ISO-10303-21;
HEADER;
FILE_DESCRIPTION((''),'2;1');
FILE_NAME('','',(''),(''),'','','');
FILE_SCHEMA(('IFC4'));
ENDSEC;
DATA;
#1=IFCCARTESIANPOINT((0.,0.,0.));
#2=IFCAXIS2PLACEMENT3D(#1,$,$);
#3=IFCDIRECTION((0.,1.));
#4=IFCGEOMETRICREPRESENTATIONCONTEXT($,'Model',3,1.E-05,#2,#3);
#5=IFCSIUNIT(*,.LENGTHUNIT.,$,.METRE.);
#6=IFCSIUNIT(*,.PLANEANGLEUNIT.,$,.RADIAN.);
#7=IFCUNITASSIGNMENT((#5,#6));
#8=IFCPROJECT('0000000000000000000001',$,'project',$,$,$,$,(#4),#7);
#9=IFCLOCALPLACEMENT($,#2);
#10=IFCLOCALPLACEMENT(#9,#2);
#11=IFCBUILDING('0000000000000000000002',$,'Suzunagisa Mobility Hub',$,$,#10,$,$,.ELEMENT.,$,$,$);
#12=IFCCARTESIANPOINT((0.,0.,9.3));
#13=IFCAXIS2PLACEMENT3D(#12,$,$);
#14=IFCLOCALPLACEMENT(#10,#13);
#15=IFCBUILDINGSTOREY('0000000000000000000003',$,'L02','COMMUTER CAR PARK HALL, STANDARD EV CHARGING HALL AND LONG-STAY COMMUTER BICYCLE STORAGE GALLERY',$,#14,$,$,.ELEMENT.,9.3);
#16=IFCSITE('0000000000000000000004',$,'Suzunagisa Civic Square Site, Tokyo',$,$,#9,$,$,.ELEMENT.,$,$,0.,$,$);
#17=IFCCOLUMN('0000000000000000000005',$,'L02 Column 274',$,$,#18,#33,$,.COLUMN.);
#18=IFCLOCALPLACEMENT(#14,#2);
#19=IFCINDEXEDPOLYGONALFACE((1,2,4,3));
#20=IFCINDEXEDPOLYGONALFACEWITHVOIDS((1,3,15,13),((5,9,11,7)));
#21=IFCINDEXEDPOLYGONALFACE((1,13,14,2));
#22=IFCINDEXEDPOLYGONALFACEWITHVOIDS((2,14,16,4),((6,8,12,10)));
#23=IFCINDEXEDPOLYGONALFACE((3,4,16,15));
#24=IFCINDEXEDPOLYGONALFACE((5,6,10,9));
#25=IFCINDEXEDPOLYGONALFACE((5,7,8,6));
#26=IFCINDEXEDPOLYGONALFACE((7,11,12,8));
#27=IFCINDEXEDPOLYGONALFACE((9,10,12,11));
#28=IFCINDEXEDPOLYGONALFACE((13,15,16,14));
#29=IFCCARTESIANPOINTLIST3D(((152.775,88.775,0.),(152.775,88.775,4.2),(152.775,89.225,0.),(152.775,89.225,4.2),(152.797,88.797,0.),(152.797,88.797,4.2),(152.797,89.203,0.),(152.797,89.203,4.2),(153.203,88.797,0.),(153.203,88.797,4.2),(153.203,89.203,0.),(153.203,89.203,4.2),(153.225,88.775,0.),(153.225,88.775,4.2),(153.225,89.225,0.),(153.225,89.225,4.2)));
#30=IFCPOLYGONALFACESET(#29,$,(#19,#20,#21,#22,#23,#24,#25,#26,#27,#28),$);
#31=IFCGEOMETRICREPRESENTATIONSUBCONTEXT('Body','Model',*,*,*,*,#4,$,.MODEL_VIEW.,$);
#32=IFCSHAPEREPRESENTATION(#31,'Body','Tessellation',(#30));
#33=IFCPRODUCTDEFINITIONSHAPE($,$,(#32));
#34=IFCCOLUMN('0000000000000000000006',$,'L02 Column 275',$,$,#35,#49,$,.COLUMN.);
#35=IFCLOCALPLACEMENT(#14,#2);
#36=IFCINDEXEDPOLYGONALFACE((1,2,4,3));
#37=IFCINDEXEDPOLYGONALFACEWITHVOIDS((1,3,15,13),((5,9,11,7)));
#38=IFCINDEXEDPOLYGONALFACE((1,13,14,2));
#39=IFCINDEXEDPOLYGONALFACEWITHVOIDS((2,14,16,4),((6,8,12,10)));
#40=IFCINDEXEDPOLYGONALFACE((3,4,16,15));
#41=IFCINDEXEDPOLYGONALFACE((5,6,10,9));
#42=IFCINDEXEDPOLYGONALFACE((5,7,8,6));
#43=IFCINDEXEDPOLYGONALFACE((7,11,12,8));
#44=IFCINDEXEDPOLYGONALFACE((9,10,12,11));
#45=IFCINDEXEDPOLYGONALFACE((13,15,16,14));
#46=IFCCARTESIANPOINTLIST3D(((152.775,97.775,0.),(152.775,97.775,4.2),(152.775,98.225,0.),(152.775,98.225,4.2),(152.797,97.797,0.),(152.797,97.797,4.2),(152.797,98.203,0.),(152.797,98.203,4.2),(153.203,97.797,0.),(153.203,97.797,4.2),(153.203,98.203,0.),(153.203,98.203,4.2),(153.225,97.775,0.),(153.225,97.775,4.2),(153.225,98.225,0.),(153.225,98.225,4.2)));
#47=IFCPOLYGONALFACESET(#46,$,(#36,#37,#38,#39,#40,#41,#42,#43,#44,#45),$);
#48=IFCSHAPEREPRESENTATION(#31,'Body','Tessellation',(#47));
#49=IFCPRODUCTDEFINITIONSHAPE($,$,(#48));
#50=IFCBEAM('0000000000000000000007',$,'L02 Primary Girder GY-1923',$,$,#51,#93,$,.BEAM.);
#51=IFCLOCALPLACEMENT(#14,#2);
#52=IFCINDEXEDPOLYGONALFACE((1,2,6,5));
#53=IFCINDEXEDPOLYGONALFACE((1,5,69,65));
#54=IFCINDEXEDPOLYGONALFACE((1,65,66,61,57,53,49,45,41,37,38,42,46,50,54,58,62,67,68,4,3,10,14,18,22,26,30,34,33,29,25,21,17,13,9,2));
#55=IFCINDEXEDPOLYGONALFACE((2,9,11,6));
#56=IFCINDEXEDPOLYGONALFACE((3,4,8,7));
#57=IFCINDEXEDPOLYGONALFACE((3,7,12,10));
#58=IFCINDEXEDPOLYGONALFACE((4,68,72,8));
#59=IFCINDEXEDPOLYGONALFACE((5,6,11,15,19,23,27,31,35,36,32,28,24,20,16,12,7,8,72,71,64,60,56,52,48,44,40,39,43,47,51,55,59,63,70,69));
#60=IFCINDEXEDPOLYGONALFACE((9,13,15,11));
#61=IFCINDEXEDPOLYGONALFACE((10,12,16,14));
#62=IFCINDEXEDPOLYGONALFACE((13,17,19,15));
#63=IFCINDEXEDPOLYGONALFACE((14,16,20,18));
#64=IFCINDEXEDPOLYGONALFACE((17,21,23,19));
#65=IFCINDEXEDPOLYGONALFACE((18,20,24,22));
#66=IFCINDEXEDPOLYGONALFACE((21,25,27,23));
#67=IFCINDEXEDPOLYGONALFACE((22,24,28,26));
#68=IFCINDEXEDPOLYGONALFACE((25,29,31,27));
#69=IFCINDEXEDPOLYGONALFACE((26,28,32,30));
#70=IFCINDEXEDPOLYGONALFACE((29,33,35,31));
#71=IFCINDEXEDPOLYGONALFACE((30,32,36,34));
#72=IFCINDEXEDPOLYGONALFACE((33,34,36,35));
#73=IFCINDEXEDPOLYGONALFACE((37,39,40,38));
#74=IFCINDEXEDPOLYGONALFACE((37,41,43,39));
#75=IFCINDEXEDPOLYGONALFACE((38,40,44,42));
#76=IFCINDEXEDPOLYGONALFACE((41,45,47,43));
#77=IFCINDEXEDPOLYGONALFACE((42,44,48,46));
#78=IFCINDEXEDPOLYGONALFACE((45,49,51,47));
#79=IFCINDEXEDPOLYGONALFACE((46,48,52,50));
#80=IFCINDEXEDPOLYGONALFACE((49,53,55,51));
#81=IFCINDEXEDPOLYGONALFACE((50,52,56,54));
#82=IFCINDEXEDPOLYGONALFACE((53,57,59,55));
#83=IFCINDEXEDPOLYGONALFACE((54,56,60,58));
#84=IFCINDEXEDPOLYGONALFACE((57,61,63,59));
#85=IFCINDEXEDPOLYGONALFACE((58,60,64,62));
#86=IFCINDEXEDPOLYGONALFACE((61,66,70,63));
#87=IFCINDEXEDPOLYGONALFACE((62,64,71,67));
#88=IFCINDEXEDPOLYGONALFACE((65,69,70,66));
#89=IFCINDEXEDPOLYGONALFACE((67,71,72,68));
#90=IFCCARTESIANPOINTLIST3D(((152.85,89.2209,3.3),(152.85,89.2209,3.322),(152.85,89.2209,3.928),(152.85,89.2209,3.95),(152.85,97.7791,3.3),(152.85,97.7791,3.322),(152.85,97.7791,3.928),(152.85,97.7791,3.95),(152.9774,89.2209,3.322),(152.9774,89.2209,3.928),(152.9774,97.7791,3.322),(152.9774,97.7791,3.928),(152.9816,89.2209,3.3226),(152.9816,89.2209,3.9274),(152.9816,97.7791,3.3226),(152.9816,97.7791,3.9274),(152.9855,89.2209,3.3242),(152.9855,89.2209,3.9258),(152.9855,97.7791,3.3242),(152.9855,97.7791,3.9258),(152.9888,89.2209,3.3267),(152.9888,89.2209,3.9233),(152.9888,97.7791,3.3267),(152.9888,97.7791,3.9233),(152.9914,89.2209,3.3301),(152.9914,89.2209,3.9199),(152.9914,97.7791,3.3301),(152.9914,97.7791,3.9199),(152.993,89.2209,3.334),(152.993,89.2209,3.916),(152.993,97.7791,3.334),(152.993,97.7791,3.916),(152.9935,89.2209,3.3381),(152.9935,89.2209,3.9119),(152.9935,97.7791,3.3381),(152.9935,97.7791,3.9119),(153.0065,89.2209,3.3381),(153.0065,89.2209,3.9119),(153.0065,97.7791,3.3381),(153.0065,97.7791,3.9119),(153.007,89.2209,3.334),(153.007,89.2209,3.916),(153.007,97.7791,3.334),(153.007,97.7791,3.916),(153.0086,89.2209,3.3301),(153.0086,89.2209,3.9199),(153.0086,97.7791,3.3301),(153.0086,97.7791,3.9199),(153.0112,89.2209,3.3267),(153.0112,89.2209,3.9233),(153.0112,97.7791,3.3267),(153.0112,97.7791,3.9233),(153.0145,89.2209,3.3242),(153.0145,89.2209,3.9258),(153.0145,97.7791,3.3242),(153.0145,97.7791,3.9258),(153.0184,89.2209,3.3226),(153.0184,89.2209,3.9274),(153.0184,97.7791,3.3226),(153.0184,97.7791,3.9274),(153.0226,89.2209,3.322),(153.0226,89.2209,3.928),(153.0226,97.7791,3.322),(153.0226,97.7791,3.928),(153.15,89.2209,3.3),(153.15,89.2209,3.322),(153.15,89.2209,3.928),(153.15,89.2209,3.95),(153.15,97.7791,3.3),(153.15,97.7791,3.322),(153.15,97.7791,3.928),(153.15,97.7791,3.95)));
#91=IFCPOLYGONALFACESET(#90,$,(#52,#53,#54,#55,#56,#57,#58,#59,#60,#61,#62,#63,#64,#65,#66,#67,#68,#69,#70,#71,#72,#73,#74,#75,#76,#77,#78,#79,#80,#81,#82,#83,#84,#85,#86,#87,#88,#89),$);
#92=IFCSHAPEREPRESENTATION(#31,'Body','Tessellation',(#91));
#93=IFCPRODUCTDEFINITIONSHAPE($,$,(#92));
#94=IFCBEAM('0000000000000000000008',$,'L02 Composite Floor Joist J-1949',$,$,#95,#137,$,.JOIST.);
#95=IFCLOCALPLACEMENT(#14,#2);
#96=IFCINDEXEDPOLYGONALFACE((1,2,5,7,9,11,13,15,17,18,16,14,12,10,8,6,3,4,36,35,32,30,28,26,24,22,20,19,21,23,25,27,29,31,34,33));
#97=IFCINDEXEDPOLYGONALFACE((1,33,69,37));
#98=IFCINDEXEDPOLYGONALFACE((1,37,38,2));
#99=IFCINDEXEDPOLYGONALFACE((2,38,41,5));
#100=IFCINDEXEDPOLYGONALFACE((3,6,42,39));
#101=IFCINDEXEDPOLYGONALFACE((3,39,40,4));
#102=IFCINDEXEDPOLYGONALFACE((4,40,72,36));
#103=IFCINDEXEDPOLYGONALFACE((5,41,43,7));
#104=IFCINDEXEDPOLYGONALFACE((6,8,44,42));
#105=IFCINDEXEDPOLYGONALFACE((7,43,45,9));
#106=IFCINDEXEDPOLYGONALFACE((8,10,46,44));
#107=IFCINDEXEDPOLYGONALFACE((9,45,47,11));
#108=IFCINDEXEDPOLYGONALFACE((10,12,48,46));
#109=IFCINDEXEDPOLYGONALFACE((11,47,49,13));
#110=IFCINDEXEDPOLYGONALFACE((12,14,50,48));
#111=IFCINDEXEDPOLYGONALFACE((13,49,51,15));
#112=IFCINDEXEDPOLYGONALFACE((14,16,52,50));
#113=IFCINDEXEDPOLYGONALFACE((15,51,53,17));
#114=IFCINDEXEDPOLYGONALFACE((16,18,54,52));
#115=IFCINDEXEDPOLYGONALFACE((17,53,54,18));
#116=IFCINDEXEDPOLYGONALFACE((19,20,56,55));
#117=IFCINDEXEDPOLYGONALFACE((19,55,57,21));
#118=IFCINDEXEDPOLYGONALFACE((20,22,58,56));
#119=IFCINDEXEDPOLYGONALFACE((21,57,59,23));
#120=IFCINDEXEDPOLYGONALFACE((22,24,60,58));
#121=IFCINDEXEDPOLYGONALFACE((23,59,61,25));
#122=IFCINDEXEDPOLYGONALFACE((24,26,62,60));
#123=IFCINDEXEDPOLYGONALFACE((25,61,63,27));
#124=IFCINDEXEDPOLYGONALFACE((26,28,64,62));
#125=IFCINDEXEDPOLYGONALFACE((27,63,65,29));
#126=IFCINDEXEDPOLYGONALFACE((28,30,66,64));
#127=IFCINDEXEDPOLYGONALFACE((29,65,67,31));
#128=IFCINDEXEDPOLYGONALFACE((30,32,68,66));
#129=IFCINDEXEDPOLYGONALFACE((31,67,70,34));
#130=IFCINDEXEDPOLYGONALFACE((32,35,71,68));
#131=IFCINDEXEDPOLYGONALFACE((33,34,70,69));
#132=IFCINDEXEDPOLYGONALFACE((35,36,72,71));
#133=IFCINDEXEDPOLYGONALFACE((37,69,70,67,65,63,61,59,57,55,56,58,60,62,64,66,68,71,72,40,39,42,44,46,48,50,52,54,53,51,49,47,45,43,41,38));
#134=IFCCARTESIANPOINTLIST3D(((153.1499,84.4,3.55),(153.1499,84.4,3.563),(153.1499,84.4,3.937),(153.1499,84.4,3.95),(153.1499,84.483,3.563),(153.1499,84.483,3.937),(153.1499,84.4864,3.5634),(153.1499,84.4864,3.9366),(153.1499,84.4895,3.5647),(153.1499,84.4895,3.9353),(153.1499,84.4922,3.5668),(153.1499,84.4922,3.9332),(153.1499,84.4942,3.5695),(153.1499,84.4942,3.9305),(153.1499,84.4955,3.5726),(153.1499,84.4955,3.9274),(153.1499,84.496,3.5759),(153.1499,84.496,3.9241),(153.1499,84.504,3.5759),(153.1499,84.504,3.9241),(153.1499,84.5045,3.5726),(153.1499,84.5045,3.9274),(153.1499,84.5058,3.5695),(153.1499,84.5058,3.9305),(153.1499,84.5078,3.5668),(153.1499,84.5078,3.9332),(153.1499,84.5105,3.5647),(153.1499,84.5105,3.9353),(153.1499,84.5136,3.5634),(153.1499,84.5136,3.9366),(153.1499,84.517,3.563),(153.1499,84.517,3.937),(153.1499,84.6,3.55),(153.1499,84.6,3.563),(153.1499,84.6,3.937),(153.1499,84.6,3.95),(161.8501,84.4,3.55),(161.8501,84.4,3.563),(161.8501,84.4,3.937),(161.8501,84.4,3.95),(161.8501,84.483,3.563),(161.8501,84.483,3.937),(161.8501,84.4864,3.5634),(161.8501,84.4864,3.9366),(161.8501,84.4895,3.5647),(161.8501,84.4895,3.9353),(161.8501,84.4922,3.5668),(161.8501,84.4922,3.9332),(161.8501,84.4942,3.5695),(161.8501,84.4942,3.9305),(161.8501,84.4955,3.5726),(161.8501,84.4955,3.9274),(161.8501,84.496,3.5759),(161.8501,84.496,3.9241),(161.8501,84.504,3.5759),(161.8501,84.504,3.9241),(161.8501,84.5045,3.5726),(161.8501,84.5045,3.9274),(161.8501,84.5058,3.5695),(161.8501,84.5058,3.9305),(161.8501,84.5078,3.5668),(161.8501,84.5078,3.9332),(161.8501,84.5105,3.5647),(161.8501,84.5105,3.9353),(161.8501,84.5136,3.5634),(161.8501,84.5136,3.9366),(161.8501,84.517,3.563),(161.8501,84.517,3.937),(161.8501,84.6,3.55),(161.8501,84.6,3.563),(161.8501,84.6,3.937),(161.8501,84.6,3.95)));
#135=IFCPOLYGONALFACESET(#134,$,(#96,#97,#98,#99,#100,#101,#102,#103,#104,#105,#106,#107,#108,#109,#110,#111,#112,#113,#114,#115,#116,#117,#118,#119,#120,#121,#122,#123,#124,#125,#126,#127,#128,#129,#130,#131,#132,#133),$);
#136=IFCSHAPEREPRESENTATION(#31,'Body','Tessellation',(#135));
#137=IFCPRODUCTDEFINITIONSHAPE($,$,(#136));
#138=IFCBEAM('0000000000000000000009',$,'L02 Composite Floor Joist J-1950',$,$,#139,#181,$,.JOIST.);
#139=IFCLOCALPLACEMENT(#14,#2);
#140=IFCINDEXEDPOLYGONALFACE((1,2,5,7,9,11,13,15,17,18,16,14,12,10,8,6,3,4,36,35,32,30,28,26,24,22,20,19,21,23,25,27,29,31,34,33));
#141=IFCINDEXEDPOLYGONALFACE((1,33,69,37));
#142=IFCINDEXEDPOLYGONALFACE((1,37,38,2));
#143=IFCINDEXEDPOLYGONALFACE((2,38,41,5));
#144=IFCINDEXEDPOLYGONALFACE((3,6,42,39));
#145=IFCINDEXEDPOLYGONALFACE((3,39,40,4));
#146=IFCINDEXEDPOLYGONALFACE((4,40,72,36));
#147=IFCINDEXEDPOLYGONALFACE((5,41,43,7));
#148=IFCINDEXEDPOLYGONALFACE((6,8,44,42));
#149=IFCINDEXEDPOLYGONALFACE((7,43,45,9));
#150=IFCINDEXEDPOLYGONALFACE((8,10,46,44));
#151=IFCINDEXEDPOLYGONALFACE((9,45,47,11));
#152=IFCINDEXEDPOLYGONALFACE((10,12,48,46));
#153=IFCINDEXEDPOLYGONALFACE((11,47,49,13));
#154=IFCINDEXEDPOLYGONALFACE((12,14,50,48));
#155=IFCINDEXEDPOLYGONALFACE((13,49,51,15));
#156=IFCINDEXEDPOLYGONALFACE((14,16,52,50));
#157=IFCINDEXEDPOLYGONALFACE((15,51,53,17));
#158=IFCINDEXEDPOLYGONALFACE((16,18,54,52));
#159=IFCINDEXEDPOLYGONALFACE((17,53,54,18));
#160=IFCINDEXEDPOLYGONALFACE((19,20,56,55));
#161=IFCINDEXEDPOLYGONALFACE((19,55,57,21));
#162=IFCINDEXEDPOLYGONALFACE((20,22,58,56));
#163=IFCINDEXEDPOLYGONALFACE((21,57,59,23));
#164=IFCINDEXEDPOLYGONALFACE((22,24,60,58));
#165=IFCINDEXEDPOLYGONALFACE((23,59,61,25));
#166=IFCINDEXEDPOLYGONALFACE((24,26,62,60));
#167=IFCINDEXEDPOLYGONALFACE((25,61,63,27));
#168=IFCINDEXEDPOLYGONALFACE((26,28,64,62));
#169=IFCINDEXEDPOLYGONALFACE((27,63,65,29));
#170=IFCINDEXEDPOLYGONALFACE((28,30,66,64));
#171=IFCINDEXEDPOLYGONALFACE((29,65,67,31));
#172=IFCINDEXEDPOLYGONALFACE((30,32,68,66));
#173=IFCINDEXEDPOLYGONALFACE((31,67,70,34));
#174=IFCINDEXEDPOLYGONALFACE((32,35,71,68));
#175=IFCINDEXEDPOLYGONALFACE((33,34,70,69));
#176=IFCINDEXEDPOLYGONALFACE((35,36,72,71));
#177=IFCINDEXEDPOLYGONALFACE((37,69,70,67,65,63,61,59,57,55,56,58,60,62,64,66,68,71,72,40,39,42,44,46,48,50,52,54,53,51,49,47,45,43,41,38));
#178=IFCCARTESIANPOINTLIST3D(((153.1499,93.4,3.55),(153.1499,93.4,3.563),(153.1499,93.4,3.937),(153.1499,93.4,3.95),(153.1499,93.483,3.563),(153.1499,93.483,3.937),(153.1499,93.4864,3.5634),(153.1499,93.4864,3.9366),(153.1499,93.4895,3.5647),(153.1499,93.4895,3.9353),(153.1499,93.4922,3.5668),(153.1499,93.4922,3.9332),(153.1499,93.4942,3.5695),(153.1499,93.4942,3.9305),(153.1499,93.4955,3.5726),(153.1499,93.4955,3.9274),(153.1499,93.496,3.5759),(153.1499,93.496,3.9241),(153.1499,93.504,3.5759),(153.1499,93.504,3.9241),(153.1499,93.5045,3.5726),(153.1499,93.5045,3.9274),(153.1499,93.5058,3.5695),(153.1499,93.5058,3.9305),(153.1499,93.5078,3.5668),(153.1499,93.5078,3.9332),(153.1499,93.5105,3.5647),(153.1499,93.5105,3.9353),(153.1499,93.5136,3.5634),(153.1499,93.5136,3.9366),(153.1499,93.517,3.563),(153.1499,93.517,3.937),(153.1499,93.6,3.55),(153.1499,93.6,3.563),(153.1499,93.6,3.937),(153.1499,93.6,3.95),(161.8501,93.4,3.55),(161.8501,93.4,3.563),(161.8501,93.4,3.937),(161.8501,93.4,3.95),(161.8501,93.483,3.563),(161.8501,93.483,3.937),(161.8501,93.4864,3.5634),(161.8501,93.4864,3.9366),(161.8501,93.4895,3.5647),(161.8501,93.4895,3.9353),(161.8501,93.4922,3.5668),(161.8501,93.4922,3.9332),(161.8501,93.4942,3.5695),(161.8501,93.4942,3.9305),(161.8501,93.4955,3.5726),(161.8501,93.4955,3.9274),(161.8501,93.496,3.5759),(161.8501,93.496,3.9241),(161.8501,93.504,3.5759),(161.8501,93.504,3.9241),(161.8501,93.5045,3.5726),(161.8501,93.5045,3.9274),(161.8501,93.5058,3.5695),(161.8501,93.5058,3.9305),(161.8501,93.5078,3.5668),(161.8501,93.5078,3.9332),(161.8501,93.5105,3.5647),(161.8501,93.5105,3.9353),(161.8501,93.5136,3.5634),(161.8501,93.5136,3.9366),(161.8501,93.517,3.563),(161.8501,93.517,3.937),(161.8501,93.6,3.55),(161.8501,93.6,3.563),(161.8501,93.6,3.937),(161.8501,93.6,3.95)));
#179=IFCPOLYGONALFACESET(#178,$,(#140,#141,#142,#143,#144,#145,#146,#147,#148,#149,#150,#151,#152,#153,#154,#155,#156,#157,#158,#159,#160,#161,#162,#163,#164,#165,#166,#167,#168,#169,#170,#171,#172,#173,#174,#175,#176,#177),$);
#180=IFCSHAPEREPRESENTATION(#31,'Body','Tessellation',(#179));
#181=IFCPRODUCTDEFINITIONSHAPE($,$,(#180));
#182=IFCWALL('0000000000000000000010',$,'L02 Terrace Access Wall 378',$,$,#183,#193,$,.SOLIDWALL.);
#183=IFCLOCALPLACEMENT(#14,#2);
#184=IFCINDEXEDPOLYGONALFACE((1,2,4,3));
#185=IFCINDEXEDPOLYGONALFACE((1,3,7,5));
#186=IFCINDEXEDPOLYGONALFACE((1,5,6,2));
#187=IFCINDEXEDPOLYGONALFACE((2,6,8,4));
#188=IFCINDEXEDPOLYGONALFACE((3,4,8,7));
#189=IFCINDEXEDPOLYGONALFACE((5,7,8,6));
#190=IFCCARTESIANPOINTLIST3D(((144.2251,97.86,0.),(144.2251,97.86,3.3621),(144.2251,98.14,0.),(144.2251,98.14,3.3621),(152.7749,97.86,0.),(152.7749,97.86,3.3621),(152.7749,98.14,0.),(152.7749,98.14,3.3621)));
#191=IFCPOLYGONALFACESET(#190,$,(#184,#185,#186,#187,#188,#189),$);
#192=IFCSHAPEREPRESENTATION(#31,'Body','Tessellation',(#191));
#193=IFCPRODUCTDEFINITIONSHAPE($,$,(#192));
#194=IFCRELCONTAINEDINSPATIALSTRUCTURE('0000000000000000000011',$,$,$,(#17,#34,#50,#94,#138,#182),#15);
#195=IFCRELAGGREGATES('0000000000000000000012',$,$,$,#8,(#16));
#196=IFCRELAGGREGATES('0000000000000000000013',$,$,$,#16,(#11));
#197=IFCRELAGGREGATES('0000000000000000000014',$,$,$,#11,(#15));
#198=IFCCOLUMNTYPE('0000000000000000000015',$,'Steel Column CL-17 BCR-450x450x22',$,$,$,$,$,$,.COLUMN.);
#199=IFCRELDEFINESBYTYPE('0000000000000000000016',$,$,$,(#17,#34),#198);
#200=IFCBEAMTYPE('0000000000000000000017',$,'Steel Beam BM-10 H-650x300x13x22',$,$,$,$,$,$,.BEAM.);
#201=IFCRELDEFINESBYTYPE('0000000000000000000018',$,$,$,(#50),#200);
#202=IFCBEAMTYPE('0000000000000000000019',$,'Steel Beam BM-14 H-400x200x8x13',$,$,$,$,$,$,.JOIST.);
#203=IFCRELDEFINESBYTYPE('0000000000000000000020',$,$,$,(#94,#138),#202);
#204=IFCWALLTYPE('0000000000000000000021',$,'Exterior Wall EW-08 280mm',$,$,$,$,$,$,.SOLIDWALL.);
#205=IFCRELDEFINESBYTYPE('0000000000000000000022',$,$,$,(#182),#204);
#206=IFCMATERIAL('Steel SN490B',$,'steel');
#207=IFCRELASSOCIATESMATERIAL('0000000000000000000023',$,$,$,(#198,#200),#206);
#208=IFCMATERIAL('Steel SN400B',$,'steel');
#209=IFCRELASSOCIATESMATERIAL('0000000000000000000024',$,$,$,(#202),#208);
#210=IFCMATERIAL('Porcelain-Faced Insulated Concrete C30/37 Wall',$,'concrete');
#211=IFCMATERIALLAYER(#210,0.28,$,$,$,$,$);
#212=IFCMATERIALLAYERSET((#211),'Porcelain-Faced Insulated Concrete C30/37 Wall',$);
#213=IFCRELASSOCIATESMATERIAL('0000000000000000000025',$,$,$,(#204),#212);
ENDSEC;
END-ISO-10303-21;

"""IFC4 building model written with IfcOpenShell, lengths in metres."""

from ifc_helpers import new_model, si_unit, direction, frame, frame_2d, origin, origin_2d, place, context, subcontext, project, spatial, rectangle, hollow_rectangle, i_section, extrude, material, layer, layer_set, material_profile, profile_set, type_object, element, save


model = new_model("IFC4")

# Units and contexts
model_context = context("Model", 3, precision=1e-05, world=origin(), true_north=direction((0.0, 1.0)))
body_context = subcontext(model_context, "Body", "Model", "MODEL_VIEW")
ifc_project = project(units=[si_unit("LENGTHUNIT", "METRE"), si_unit("PLANEANGLEUNIT", "RADIAN")], contexts=[model_context])

# Site, building, storey
site_placement = place(None, origin())
site = spatial("IfcSite", under=ifc_project, at=site_placement, Name="Suzunagisa Civic Square Site, Tokyo", CompositionType="ELEMENT", RefElevation=0.0)
building_placement = place(site_placement, origin())
building = spatial("IfcBuilding", under=site, at=building_placement, Name="Suzunagisa Mobility Hub", CompositionType="ELEMENT")
storey_placement = place(building_placement, frame((0.0, 0.0, 9.3)))
storey = spatial("IfcBuildingStorey", under=building, at=storey_placement, Name="L02", Description="COMMUTER CAR PARK HALL, STANDARD EV CHARGING HALL AND LONG-STAY COMMUTER BICYCLE STORAGE GALLERY", CompositionType="ELEMENT", Elevation=9.3)

# Columns
ifc_material_1 = material(Name="Steel SN490B", Category="steel")
ifc_material_profile_1 = material_profile(ifc_material_1, hollow_rectangle(XDim=0.45, YDim=0.45, WallThickness=0.022, at=origin_2d()), Name="BCR-450x450x22")
ifc_profile_set_1 = profile_set([ifc_material_profile_1], Name="Steel SN490B")
column_type = type_object("IfcColumnType", Name="Steel Column CL-17 BCR-450x450x22", PredefinedType="COLUMN", material=ifc_profile_set_1)
for number, where, z_axis, x_axis, name in (
    (1, (153.0, 89.0, 0.0), (0.0, 0.0, 1.0), (1.0, 0.0, 0.0), "L02 Column 274"),
    (2, (153.0, 98.0, 0.0), (0.0, 0.0, 1.0), (1.0, 0.0, 0.0), "L02 Column 275"),
):
    element("IfcColumn", number, at=place(storey_placement, frame(where, z_axis=z_axis, x_axis=x_axis)), inside=storey, type_object=column_type, Name=name, PredefinedType="COLUMN", context=body_context, shape_type="SweptSolid", body=[
        extrude(hollow_rectangle(XDim=0.45, YDim=0.45, WallThickness=0.022, at=origin_2d()), origin(), (0.0, 0.0, 1.0), 4.2),
    ])

# Beams
ifc_material_profile_2 = material_profile(ifc_material_1, i_section(OverallWidth=0.3, OverallDepth=0.6499, WebThickness=0.0129, FlangeThickness=0.022, FilletRadius=0.0161, at=origin_2d()), Name="H-650x300x13x22")
ifc_profile_set_2 = profile_set([ifc_material_profile_2], Name="Steel SN490B")
beam_type_1 = type_object("IfcBeamType", Name="Steel Beam BM-10 H-650x300x13x22", PredefinedType="BEAM", material=ifc_profile_set_2)
beam_placement = place(storey_placement, frame((153.0, 89.2209, 3.625), z_axis=(0.0, 1.0, 0.0), x_axis=(-1.0, 0.0, 0.0)))
element("IfcBeam", 3, at=beam_placement, inside=storey, type_object=beam_type_1, Name="L02 Primary Girder GY-1923", PredefinedType="BEAM", context=body_context, shape_type="SweptSolid", body=[
    extrude(i_section(OverallWidth=0.3, OverallDepth=0.6499, WebThickness=0.0129, FlangeThickness=0.022, FilletRadius=0.0161, at=origin_2d()), origin(), (0.0, 0.0, 1.0), 8.5581),
])
ifc_material_2 = material(Name="Steel SN400B", Category="steel")
ifc_material_profile_3 = material_profile(ifc_material_2, i_section(OverallWidth=0.2, OverallDepth=0.3999, WebThickness=0.0081, FlangeThickness=0.0129, FilletRadius=0.0129, at=origin_2d()), Name="H-400x200x8x13")
ifc_profile_set_3 = profile_set([ifc_material_profile_3], Name="Steel SN400B")
beam_type_2 = type_object("IfcBeamType", Name="Steel Beam BM-14 H-400x200x8x13", PredefinedType="JOIST", material=ifc_profile_set_3)
for number, where, z_axis, x_axis, name in (
    (4, (153.1499, 84.5, 3.75), (1.0, 0.0, 0.0), (0.0, 1.0, 0.0), "L02 Composite Floor Joist J-1949"),
    (5, (153.1499, 93.5, 3.75), (1.0, 0.0, 0.0), (0.0, 1.0, 0.0), "L02 Composite Floor Joist J-1950"),
):
    element("IfcBeam", number, at=place(storey_placement, frame(where, z_axis=z_axis, x_axis=x_axis)), inside=storey, type_object=beam_type_2, Name=name, PredefinedType="JOIST", context=body_context, shape_type="SweptSolid", body=[
        extrude(i_section(OverallWidth=0.2, OverallDepth=0.3999, WebThickness=0.0081, FlangeThickness=0.0129, FilletRadius=0.0129, at=origin_2d()), origin(), (0.0, 0.0, 1.0), 8.7002),
    ])

# Wall
ifc_material_3 = material(Name="Porcelain-Faced Insulated Concrete C30/37 Wall", Category="concrete")
ifc_layer_1 = layer(ifc_material_3, 0.28)
ifc_layer_set_1 = layer_set([ifc_layer_1], Name="Porcelain-Faced Insulated Concrete C30/37 Wall")
wall_type_1 = type_object("IfcWallType", Name="Exterior Wall EW-08 280mm", PredefinedType="SOLIDWALL", material=ifc_layer_set_1)
wall_1_placement = place(storey_placement, frame((152.7749, 98.0, 0.0), z_axis=(0.0, 0.0, 1.0), x_axis=(-1.0, 0.0, 0.0)))
element("IfcWall", 6, at=wall_1_placement, inside=storey, type_object=wall_type_1, Name="L02 Terrace Access Wall 378", PredefinedType="SOLIDWALL", context=body_context, shape_type="SweptSolid", body=[
    extrude(rectangle(XDim=8.5498, YDim=0.28, at=frame_2d((4.2749, 0.0))), origin(), (0.0, 0.0, 1.0), 3.3621),
])

save(model, "model.ifc")
